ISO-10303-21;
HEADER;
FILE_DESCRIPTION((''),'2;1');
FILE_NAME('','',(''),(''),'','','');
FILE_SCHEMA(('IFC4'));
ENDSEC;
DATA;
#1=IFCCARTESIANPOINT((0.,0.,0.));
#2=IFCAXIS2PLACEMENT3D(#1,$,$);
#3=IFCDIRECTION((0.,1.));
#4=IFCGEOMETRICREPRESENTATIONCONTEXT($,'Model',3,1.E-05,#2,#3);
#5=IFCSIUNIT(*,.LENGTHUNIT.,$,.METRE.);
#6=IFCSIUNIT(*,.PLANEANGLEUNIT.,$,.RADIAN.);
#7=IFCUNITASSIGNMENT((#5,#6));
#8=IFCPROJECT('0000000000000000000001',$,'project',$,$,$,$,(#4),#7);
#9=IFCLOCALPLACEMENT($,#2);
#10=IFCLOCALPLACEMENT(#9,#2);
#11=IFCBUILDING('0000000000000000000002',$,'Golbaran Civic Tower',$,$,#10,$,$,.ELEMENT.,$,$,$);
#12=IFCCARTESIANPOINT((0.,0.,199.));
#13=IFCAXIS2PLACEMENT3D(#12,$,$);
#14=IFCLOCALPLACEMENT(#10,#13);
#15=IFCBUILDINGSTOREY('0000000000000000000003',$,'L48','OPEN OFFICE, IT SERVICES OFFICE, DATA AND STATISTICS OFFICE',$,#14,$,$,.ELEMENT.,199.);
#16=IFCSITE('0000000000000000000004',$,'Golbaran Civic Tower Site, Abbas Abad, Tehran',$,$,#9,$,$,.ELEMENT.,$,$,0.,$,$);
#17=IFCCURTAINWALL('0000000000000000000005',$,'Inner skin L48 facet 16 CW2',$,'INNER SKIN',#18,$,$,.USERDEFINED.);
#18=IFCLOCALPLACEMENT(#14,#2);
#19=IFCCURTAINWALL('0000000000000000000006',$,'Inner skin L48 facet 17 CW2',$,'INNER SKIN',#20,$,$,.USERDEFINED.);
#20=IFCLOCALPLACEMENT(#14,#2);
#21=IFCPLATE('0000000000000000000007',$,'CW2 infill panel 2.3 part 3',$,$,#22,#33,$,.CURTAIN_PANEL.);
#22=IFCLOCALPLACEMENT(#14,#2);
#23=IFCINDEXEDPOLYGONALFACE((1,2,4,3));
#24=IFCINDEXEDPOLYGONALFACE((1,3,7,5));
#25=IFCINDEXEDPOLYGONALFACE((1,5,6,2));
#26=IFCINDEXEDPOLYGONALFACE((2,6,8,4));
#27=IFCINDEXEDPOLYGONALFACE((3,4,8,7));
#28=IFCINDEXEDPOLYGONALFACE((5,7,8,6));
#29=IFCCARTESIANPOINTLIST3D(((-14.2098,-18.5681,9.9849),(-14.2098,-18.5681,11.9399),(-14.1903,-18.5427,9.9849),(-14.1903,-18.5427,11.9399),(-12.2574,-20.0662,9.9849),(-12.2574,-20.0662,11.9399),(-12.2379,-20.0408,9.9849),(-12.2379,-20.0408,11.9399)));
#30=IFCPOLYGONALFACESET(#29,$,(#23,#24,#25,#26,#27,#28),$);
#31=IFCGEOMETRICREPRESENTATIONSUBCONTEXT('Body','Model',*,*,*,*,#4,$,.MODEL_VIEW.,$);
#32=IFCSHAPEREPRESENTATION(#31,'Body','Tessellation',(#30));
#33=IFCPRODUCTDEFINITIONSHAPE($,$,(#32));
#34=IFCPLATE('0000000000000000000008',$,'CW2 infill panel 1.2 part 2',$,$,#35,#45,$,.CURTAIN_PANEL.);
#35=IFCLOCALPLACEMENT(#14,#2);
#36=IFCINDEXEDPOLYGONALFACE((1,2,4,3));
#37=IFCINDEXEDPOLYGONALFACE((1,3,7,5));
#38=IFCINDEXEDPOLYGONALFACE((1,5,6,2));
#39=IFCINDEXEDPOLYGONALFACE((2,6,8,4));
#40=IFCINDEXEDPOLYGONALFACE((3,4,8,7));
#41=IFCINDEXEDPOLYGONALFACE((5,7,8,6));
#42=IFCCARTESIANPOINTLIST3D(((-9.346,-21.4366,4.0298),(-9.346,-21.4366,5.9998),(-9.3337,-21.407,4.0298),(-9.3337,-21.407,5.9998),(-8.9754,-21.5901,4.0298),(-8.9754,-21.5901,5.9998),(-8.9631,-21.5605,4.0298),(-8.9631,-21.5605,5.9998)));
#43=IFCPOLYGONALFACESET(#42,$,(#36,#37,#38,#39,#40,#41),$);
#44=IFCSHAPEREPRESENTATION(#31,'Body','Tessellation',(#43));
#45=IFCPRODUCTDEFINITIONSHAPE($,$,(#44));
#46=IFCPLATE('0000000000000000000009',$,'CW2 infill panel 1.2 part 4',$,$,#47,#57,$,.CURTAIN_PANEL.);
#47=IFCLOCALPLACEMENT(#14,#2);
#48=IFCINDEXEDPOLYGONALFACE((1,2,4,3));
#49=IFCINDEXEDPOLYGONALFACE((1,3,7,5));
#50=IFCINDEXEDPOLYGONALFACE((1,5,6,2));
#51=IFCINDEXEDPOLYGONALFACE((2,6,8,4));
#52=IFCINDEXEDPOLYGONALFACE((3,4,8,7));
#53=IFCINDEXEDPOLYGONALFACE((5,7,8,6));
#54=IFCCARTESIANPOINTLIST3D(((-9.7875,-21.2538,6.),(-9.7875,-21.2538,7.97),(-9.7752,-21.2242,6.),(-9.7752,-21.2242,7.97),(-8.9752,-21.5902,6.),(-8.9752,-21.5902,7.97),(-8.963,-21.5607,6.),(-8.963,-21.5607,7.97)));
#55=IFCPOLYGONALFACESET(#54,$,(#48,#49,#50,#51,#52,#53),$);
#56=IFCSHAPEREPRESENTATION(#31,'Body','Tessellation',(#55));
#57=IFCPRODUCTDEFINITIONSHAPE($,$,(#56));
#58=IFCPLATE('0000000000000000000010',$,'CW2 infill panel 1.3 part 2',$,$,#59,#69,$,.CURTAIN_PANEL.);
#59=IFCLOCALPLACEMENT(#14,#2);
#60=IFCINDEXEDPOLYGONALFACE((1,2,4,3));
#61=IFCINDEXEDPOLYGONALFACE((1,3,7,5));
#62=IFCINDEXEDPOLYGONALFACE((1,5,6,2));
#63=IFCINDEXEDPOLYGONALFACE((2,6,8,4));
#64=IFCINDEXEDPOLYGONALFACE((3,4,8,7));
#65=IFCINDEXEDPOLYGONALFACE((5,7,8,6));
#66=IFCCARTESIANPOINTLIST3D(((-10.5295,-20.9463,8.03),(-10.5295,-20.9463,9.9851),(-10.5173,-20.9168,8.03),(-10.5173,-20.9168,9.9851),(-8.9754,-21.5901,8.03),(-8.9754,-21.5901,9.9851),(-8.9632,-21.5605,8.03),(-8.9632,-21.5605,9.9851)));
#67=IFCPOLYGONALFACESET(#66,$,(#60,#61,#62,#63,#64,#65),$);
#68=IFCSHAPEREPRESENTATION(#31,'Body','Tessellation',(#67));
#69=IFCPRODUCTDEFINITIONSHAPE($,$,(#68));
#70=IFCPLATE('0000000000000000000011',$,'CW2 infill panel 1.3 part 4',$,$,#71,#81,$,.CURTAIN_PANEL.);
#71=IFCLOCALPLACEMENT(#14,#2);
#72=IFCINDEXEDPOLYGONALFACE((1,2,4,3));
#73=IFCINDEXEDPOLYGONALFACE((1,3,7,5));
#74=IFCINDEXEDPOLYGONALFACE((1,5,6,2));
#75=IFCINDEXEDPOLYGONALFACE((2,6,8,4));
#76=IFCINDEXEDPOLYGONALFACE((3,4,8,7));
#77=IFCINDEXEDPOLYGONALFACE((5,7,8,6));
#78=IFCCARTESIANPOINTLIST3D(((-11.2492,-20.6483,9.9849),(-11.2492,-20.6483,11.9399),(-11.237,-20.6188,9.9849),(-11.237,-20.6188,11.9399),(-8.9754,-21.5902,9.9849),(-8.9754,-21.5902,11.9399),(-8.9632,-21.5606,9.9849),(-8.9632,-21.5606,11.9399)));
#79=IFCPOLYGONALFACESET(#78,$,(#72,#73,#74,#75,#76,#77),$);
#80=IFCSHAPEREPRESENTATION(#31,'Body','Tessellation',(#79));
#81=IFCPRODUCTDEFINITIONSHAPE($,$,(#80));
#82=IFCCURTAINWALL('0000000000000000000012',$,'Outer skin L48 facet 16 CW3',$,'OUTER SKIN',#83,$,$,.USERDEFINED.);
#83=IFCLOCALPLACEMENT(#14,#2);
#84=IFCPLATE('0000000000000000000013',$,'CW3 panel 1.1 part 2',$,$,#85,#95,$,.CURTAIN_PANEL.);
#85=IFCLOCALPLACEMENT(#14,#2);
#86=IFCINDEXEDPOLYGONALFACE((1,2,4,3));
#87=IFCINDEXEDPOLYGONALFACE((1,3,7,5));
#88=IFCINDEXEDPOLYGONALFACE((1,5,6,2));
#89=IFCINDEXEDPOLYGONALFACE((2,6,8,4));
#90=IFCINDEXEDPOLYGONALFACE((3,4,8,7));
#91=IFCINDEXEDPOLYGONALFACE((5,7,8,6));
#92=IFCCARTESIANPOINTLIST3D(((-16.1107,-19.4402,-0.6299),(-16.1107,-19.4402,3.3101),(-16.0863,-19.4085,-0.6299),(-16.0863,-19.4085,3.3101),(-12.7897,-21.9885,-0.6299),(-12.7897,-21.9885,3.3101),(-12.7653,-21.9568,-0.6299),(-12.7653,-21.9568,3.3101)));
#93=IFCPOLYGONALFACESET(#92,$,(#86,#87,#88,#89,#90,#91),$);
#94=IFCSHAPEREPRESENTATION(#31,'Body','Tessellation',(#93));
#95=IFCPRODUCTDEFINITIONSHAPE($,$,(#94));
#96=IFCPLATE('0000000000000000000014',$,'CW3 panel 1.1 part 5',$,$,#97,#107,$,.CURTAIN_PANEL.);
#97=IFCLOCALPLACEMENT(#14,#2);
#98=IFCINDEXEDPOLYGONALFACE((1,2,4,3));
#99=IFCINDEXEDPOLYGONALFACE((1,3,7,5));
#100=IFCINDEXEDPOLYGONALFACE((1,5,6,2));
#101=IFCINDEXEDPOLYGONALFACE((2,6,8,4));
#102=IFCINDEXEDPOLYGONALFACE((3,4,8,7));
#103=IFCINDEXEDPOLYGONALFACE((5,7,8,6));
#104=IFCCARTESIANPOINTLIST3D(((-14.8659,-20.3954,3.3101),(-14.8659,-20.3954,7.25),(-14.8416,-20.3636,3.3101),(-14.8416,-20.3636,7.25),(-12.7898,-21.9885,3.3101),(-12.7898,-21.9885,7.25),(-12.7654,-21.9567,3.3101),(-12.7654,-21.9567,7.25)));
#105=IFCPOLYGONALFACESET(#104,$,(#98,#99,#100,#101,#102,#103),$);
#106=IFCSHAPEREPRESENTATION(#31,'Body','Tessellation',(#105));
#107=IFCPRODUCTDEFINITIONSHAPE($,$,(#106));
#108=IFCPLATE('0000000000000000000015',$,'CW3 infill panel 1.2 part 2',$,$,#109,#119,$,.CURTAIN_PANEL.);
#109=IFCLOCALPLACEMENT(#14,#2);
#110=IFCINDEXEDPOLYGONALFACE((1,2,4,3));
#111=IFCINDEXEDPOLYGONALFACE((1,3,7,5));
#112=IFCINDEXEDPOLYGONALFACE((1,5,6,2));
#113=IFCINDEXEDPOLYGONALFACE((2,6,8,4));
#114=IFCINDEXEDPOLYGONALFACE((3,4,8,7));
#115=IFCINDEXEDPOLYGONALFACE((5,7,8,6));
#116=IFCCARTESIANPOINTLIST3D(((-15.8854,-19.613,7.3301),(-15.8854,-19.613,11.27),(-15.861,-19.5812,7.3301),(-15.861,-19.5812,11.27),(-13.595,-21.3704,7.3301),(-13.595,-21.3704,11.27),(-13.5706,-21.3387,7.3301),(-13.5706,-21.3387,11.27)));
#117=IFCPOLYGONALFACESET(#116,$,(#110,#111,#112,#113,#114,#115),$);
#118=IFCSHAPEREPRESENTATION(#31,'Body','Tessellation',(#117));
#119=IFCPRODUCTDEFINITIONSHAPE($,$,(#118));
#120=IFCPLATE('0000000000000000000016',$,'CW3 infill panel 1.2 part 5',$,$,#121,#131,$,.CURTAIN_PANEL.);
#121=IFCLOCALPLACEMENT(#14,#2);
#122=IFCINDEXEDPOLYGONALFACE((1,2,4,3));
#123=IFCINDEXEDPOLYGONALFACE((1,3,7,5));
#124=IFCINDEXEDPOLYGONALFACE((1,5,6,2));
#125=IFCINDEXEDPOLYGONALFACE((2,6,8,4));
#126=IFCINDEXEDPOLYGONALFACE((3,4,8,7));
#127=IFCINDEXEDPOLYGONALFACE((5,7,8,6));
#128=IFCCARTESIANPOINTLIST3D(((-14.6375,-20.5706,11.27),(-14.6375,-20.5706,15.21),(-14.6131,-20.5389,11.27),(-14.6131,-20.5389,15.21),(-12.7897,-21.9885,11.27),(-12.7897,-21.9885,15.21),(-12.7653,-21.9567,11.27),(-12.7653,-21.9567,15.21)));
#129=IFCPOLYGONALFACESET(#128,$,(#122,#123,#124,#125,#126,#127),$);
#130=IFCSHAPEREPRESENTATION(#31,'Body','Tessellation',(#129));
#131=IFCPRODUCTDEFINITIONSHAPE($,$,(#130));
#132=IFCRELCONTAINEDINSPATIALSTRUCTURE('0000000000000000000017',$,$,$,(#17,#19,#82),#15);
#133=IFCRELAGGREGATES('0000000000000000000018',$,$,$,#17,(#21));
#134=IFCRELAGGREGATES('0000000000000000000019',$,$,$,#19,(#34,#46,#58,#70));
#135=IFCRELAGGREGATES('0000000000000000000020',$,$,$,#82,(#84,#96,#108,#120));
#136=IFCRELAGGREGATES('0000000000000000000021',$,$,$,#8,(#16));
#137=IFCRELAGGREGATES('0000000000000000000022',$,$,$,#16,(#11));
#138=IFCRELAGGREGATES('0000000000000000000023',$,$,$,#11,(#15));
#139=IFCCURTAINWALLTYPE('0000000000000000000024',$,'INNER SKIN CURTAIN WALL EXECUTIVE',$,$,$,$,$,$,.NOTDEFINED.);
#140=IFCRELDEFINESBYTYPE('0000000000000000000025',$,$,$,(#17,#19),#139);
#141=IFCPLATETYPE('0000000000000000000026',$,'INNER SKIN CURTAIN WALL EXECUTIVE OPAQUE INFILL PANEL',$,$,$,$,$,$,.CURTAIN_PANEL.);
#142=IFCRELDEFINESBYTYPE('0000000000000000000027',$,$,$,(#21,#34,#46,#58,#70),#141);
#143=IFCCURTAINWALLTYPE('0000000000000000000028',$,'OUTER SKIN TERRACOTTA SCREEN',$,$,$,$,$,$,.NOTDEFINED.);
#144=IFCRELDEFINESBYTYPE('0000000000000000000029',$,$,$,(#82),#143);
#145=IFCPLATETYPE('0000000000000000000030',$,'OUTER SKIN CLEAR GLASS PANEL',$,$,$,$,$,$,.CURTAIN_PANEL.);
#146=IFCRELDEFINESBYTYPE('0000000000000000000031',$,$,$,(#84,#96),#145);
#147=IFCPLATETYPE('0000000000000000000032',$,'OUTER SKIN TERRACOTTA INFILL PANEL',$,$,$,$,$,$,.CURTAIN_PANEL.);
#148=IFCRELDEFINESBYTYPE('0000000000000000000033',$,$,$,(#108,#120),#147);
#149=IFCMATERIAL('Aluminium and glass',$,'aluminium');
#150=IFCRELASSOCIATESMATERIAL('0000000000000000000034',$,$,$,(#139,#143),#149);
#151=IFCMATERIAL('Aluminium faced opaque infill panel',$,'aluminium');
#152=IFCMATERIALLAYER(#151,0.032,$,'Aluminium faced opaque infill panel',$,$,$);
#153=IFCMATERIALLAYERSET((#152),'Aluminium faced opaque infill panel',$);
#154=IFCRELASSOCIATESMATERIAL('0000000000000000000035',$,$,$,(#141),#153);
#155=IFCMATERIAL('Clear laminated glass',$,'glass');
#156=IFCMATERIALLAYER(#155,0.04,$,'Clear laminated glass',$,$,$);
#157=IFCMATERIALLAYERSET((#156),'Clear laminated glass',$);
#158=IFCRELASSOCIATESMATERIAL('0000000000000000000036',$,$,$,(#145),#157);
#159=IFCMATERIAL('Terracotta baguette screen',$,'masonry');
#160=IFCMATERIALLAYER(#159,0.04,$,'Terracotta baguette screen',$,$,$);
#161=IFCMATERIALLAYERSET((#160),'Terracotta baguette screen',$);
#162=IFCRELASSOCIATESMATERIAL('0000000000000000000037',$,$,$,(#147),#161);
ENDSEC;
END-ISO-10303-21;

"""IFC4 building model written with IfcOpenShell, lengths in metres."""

from ifc_helpers import new_model, si_unit, direction, frame, origin, origin_2d, place, context, subcontext, project, spatial, rectangle, extrude, material, layer, layer_set, type_object, element, aggregate, save


model = new_model("IFC4")

# Units and contexts
model_context = context("Model", 3, precision=1e-05, world=origin(), true_north=direction((0.0, 1.0)))
body_context = subcontext(model_context, "Body", "Model", "MODEL_VIEW")
ifc_project = project(units=[si_unit("LENGTHUNIT", "METRE"), si_unit("PLANEANGLEUNIT", "RADIAN")], contexts=[model_context])

# Site, building, storey
site_placement = place(None, origin())
site = spatial("IfcSite", under=ifc_project, at=site_placement, Name="Golbaran Civic Tower Site, Abbas Abad, Tehran", CompositionType="ELEMENT", RefElevation=0.0)
building_placement = place(site_placement, origin())
building = spatial("IfcBuilding", under=site, at=building_placement, Name="Golbaran Civic Tower", CompositionType="ELEMENT")
storey_placement = place(building_placement, frame((0.0, 0.0, 199.0)))
storey = spatial("IfcBuildingStorey", under=building, at=storey_placement, Name="L48", Description="OPEN OFFICE, IT SERVICES OFFICE, DATA AND STATISTICS OFFICE", CompositionType="ELEMENT", Elevation=199.0)

# Curtain walls
ifc_material_1 = material(Name="Aluminium and glass", Category="aluminium")
curtain_wall_type_1 = type_object("IfcCurtainWallType", Name="INNER SKIN CURTAIN WALL EXECUTIVE", PredefinedType="NOTDEFINED", material=ifc_material_1)
curtain_wall_1_placement = place(storey_placement, origin())
curtain_wall_1 = element("IfcCurtainWall", 1, at=curtain_wall_1_placement, inside=storey, type_object=curtain_wall_type_1, Name="Inner skin L48 facet 16 CW2", ObjectType="INNER SKIN", PredefinedType="USERDEFINED")
curtain_wall_2_placement = place(storey_placement, origin())
curtain_wall_2 = element("IfcCurtainWall", 2, at=curtain_wall_2_placement, inside=storey, type_object=curtain_wall_type_1, Name="Inner skin L48 facet 17 CW2", ObjectType="INNER SKIN", PredefinedType="USERDEFINED")

# Plates
ifc_material_2 = material(Name="Aluminium faced opaque infill panel", Category="aluminium")
ifc_layer_1 = layer(ifc_material_2, 0.032, Name="Aluminium faced opaque infill panel")
ifc_layer_set_1 = layer_set([ifc_layer_1], Name="Aluminium faced opaque infill panel")
plate_type_1 = type_object("IfcPlateType", Name="INNER SKIN CURTAIN WALL EXECUTIVE OPAQUE INFILL PANEL", PredefinedType="CURTAIN_PANEL", material=ifc_layer_set_1)
plate_1_placement = place(storey_placement, frame((-13.2239, -19.3044, 9.9849), z_axis=(0.0, 0.0, 1.0), x_axis=(0.793353, -0.608761, 0.0)))
plate_1 = element("IfcPlate", 3, at=plate_1_placement, type_object=plate_type_1, Name="CW2 infill panel 2.3 part 3", PredefinedType="CURTAIN_PANEL", context=body_context, shape_type="SweptSolid", body=[
    extrude(rectangle(XDim=2.4609, YDim=0.032, at=origin_2d()), origin(), (0.0, 0.0, 1.0), 1.9551),
])
aggregate(curtain_wall_1, [plate_1])
plate_2_placement = place(storey_placement, frame((-9.1545, -21.4985, 4.0298), z_axis=(0.0, 0.0, 1.0), x_axis=(0.92388, -0.382683, 0.0)))
plate_2 = element("IfcPlate", 4, at=plate_2_placement, type_object=plate_type_1, Name="CW2 infill panel 1.2 part 2", PredefinedType="CURTAIN_PANEL", context=body_context, shape_type="SweptSolid", body=[
    extrude(rectangle(XDim=0.4011, YDim=0.032, at=origin_2d()), origin(), (0.0, 0.0, 1.0), 1.97),
])
plate_3_placement = place(storey_placement, frame((-9.3752, -21.4072, 6.0), z_axis=(0.0, 0.0, 1.0), x_axis=(0.92388, -0.382683, 0.0)))
plate_3 = element("IfcPlate", 5, at=plate_3_placement, type_object=plate_type_1, Name="CW2 infill panel 1.2 part 4", PredefinedType="CURTAIN_PANEL", context=body_context, shape_type="SweptSolid", body=[
    extrude(rectangle(XDim=0.8792, YDim=0.032, at=origin_2d()), origin(), (0.0, 0.0, 1.0), 1.97),
])
plate_4_placement = place(storey_placement, frame((-9.7463, -21.2534, 8.03), z_axis=(0.0, 0.0, 1.0), x_axis=(0.92388, -0.382683, 0.0)))
plate_4 = element("IfcPlate", 6, at=plate_4_placement, type_object=plate_type_1, Name="CW2 infill panel 1.3 part 2", PredefinedType="CURTAIN_PANEL", context=body_context, shape_type="SweptSolid", body=[
    extrude(rectangle(XDim=1.6821, YDim=0.032, at=origin_2d()), origin(), (0.0, 0.0, 1.0), 1.9551),
])
plate_5_placement = place(storey_placement, frame((-10.1062, -21.1045, 9.9849), z_axis=(0.0, 0.0, 1.0), x_axis=(0.92388, -0.382683, 0.0)))
plate_5 = element("IfcPlate", 7, at=plate_5_placement, type_object=plate_type_1, Name="CW2 infill panel 1.3 part 4", PredefinedType="CURTAIN_PANEL", context=body_context, shape_type="SweptSolid", body=[
    extrude(rectangle(XDim=2.4612, YDim=0.032, at=origin_2d()), origin(), (0.0, 0.0, 1.0), 1.9551),
])
aggregate(curtain_wall_2, [plate_2, plate_3, plate_4, plate_5])

# Curtain wall, plates
curtain_wall_type_2 = type_object("IfcCurtainWallType", Name="OUTER SKIN TERRACOTTA SCREEN", PredefinedType="NOTDEFINED", material=ifc_material_1)
curtain_wall_3_placement = place(storey_placement, origin())
curtain_wall_3 = element("IfcCurtainWall", 8, at=curtain_wall_3_placement, inside=storey, type_object=curtain_wall_type_2, Name="Outer skin L48 facet 16 CW3", ObjectType="OUTER SKIN", PredefinedType="USERDEFINED")
ifc_material_3 = material(Name="Clear laminated glass", Category="glass")
ifc_layer_2 = layer(ifc_material_3, 0.04, Name="Clear laminated glass")
ifc_layer_set_2 = layer_set([ifc_layer_2], Name="Clear laminated glass")
plate_type_2 = type_object("IfcPlateType", Name="OUTER SKIN CLEAR GLASS PANEL", PredefinedType="CURTAIN_PANEL", material=ifc_layer_set_2)
plate_6_placement = place(storey_placement, frame((-14.438, -20.6985, -0.6299), z_axis=(0.0, 0.0, 1.0), x_axis=(0.793353, -0.608761, 0.0)))
plate_6 = element("IfcPlate", 9, at=plate_6_placement, type_object=plate_type_2, Name="CW3 panel 1.1 part 2", PredefinedType="CURTAIN_PANEL", context=body_context, shape_type="SweptSolid", body=[
    extrude(rectangle(XDim=4.186, YDim=0.04, at=origin_2d()), origin(), (0.0, 0.0, 1.0), 3.9399),
])
plate_7_placement = place(storey_placement, frame((-13.8157, -21.176, 3.3101), z_axis=(0.0, 0.0, 1.0), x_axis=(0.793353, -0.608761, 0.0)))
plate_7 = element("IfcPlate", 10, at=plate_7_placement, type_object=plate_type_2, Name="CW3 panel 1.1 part 5", PredefinedType="CURTAIN_PANEL", context=body_context, shape_type="SweptSolid", body=[
    extrude(rectangle(XDim=2.6169, YDim=0.04, at=origin_2d()), origin(), (0.0, 0.0, 1.0), 3.9399),
])
ifc_material_4 = material(Name="Terracotta baguette screen", Category="masonry")
ifc_layer_3 = layer(ifc_material_4, 0.04, Name="Terracotta baguette screen")
ifc_layer_set_3 = layer_set([ifc_layer_3], Name="Terracotta baguette screen")
plate_type_3 = type_object("IfcPlateType", Name="OUTER SKIN TERRACOTTA INFILL PANEL", PredefinedType="CURTAIN_PANEL", material=ifc_layer_set_3)
plate_8_placement = place(storey_placement, frame((-14.728, -20.4758, 7.3301), z_axis=(0.0, 0.0, 1.0), x_axis=(0.793353, -0.608761, 0.0)))
plate_8 = element("IfcPlate", 11, at=plate_8_placement, type_object=plate_type_3, Name="CW3 infill panel 1.2 part 2", PredefinedType="CURTAIN_PANEL", context=body_context, shape_type="SweptSolid", body=[
    extrude(rectangle(XDim=2.887, YDim=0.04, at=origin_2d()), origin(), (0.0, 0.0, 1.0), 3.9399),
])
plate_9_placement = place(storey_placement, frame((-13.7014, -21.2637, 11.27), z_axis=(0.0, 0.0, 1.0), x_axis=(0.793353, -0.608761, 0.0)))
plate_9 = element("IfcPlate", 12, at=plate_9_placement, type_object=plate_type_3, Name="CW3 infill panel 1.2 part 5", PredefinedType="CURTAIN_PANEL", context=body_context, shape_type="SweptSolid", body=[
    extrude(rectangle(XDim=2.3291, YDim=0.04, at=origin_2d()), origin(), (0.0, 0.0, 1.0), 3.9399),
])
aggregate(curtain_wall_3, [plate_6, plate_7, plate_8, plate_9])

save(model, "model.ifc")
